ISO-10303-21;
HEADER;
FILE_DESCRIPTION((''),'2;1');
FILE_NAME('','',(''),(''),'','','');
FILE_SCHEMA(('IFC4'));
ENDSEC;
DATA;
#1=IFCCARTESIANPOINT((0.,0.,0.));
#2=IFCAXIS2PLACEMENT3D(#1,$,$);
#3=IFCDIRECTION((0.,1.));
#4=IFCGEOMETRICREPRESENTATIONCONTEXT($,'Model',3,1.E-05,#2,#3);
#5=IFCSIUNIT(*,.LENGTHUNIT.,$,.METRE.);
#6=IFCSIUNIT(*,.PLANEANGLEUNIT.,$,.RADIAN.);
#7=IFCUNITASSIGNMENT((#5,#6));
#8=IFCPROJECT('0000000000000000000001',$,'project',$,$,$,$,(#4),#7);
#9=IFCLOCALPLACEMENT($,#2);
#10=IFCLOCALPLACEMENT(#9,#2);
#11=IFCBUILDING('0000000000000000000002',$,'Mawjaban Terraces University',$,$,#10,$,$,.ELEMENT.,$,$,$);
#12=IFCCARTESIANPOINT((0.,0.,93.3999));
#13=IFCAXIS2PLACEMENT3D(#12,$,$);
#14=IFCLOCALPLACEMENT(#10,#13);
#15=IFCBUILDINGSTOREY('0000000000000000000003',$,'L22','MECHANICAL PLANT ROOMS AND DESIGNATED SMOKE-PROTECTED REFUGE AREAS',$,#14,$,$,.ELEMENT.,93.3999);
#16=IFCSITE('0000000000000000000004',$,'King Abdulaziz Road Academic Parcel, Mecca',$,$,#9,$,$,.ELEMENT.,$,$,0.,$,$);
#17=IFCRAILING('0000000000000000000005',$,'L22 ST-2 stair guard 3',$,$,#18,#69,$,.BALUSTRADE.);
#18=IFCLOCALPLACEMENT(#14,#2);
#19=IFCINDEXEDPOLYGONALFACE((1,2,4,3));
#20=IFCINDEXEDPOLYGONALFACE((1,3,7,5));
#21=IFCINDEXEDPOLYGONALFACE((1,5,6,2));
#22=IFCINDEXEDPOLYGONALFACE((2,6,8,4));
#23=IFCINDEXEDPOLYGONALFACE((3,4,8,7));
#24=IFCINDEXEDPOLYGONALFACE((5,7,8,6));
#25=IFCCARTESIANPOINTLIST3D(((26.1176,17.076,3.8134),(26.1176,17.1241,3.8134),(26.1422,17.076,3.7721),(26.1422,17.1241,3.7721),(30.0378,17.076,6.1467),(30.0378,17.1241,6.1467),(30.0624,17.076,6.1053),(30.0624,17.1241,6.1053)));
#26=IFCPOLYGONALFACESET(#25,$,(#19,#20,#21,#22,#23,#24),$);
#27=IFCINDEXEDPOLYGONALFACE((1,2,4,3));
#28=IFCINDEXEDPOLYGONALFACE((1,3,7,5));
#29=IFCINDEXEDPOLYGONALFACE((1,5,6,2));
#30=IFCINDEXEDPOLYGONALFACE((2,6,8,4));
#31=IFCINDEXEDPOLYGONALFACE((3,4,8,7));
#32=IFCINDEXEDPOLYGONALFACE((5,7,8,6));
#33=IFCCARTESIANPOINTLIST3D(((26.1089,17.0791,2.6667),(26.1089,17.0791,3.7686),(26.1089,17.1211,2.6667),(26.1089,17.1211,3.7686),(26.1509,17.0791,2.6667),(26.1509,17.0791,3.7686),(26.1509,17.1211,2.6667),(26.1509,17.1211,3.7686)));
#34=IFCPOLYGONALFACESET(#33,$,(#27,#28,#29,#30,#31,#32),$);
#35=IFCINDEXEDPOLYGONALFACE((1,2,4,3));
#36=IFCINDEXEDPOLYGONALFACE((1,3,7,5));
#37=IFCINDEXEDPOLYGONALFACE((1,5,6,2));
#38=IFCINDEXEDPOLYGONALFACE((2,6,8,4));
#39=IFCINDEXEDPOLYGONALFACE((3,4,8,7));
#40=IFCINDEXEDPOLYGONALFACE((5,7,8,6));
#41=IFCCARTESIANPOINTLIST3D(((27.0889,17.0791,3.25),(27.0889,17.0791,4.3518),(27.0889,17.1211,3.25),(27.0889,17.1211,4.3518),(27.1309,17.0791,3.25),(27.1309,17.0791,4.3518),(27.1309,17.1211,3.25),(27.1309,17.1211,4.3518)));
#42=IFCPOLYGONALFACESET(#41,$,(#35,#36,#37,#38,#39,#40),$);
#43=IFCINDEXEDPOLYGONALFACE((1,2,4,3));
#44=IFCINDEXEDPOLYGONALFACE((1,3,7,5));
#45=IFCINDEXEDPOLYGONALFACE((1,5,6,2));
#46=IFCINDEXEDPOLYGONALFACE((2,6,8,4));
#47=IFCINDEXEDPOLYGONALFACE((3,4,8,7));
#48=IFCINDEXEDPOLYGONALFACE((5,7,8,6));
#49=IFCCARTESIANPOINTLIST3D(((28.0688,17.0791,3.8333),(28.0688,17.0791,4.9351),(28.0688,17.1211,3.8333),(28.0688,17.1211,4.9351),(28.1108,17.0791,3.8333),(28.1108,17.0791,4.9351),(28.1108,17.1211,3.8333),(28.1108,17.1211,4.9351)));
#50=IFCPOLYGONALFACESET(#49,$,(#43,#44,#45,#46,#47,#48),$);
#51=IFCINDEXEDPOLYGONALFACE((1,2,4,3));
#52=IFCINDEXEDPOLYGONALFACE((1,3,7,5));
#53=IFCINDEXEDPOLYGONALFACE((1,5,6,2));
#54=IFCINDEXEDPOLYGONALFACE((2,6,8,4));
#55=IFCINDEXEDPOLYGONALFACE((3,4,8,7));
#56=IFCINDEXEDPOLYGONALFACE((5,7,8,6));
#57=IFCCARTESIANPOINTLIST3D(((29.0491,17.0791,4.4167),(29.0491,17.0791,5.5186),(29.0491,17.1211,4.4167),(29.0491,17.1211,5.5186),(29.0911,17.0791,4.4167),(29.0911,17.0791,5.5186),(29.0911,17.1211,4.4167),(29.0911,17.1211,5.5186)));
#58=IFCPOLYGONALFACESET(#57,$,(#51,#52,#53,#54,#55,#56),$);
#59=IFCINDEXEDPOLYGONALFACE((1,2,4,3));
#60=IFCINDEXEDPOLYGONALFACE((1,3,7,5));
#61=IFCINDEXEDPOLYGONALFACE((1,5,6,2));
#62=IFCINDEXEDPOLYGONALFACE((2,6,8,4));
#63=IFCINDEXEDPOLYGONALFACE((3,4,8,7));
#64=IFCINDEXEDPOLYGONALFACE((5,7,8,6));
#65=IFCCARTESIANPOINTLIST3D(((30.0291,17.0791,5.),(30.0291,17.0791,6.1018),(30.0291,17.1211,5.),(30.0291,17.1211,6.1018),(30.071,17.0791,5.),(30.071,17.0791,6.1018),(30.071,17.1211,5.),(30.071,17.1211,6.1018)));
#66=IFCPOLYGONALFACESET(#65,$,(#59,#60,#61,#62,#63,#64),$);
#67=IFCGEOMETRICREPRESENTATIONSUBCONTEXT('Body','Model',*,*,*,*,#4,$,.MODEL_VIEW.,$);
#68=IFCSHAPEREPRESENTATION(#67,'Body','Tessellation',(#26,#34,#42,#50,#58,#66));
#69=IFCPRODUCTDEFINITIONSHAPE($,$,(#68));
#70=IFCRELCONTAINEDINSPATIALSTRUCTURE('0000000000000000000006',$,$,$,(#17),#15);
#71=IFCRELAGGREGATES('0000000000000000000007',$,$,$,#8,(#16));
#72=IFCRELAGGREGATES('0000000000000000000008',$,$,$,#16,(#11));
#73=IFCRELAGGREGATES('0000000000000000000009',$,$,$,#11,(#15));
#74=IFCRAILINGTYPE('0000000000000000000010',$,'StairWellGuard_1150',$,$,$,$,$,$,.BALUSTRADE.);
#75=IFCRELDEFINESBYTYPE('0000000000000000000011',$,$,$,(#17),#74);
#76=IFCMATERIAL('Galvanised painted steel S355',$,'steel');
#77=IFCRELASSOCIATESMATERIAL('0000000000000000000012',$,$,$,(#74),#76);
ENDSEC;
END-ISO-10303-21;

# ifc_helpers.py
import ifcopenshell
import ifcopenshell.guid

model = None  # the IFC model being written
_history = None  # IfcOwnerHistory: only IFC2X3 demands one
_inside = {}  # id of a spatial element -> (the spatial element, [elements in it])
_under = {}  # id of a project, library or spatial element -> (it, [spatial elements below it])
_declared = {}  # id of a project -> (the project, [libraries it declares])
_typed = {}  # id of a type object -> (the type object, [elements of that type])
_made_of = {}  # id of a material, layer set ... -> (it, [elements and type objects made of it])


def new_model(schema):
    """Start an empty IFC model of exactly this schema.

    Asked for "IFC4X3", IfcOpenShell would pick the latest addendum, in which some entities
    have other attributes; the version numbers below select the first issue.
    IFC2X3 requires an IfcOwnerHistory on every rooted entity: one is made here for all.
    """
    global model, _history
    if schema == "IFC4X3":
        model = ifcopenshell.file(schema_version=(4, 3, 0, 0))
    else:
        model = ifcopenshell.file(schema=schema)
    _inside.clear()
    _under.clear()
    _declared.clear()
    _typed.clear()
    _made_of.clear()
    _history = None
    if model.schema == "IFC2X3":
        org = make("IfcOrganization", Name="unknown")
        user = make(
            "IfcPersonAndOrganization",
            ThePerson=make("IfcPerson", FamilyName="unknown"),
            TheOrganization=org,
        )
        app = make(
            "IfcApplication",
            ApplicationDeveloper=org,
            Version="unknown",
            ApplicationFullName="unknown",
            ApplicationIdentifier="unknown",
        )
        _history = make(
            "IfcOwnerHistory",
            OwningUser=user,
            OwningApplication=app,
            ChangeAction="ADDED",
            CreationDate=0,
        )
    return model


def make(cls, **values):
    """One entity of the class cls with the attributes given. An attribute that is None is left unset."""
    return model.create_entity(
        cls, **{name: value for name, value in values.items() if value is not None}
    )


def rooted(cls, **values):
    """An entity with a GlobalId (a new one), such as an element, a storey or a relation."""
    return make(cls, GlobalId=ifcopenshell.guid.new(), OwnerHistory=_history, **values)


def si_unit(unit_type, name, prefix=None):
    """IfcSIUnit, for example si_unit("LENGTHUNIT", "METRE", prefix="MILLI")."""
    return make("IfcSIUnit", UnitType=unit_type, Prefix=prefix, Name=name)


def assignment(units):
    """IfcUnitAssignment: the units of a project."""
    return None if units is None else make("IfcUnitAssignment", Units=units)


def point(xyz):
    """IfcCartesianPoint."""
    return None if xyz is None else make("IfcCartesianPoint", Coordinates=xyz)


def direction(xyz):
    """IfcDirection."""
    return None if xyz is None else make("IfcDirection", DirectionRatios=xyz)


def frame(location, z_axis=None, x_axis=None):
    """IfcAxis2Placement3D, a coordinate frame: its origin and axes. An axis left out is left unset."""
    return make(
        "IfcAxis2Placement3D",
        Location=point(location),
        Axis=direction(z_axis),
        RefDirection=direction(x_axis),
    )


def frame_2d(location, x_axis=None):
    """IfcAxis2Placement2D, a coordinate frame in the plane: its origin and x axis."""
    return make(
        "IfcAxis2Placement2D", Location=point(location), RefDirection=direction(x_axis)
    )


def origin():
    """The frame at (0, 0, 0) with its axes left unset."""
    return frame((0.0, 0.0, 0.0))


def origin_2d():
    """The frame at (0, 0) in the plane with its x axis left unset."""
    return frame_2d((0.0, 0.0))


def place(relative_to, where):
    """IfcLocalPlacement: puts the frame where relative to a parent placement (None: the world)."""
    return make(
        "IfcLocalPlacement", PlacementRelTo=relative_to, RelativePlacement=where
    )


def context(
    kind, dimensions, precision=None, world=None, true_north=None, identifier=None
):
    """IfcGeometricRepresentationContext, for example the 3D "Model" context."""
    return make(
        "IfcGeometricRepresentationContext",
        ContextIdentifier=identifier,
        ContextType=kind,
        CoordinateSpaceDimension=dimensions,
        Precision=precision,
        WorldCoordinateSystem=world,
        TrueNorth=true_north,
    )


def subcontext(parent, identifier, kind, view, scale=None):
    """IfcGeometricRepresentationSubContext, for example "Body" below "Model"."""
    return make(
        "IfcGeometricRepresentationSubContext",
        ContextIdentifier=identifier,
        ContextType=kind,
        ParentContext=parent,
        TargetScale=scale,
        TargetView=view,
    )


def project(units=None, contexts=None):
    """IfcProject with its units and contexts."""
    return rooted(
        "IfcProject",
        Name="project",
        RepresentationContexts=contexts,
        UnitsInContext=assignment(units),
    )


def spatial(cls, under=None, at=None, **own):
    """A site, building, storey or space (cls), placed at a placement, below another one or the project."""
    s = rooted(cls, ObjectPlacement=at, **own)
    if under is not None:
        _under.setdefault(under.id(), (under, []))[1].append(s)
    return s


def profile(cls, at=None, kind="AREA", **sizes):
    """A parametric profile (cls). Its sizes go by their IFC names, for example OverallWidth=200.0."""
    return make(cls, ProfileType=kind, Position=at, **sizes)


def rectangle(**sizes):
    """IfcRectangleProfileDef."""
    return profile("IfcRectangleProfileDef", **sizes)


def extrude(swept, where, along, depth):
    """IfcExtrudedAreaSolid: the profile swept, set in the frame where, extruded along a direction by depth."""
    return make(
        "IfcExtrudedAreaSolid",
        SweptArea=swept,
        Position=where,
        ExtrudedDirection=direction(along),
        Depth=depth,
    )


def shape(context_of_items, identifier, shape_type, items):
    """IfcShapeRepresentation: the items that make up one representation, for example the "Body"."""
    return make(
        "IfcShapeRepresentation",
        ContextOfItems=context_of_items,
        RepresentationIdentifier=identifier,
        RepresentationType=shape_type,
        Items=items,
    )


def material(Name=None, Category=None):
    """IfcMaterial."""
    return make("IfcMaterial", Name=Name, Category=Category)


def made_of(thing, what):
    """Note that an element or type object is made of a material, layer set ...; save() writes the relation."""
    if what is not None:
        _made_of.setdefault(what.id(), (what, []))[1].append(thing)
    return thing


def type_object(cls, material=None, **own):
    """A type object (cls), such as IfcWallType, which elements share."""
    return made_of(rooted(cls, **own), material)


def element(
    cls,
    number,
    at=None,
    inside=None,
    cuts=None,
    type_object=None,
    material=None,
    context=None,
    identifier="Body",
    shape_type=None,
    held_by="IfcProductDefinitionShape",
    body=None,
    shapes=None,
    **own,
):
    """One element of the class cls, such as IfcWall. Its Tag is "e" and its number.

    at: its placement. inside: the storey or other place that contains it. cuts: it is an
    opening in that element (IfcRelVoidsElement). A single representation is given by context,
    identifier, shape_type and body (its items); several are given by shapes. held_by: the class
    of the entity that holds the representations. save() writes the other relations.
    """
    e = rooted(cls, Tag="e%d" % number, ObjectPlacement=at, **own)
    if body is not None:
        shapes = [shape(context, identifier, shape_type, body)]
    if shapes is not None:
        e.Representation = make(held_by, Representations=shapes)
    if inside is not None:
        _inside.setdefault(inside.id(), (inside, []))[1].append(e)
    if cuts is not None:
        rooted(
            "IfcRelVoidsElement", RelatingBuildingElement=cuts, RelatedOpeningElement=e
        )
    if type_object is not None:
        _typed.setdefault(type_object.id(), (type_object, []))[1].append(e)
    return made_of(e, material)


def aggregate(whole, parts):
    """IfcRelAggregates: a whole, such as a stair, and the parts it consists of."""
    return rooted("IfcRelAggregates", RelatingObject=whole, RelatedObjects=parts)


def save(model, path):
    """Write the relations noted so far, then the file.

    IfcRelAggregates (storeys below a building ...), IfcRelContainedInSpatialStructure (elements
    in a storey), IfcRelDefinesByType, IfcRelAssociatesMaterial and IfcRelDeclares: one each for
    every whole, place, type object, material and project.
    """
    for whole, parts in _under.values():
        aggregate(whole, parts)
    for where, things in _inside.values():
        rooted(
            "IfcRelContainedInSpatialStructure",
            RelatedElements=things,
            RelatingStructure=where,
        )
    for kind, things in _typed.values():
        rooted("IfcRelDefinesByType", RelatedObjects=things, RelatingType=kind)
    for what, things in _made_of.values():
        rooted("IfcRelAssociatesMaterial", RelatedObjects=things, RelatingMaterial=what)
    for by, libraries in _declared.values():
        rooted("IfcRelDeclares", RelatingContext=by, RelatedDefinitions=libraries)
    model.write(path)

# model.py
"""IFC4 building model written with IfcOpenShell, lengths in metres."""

from ifc_helpers import new_model, si_unit, direction, frame, origin, origin_2d, place, context, subcontext, project, spatial, rectangle, extrude, material, type_object, element, save


model = new_model("IFC4")

# Units and contexts
model_context = context("Model", 3, precision=1e-05, world=origin(), true_north=direction((0.0, 1.0)))
body_context = subcontext(model_context, "Body", "Model", "MODEL_VIEW")
ifc_project = project(units=[si_unit("LENGTHUNIT", "METRE"), si_unit("PLANEANGLEUNIT", "RADIAN")], contexts=[model_context])

# Site, building, storey
site_placement = place(None, origin())
site = spatial("IfcSite", under=ifc_project, at=site_placement, Name="King Abdulaziz Road Academic Parcel, Mecca", CompositionType="ELEMENT", RefElevation=0.0)
building_placement = place(site_placement, origin())
building = spatial("IfcBuilding", under=site, at=building_placement, Name="Mawjaban Terraces University", CompositionType="ELEMENT")
storey_placement = place(building_placement, frame((0.0, 0.0, 93.3999)))
storey = spatial("IfcBuildingStorey", under=building, at=storey_placement, Name="L22", Description="MECHANICAL PLANT ROOMS AND DESIGNATED SMOKE-PROTECTED REFUGE AREAS", CompositionType="ELEMENT", Elevation=93.3999)

# Railing
ifc_material_1 = material(Name="Galvanised painted steel S355", Category="steel")
railing_type_1 = type_object("IfcRailingType", Name="StairWellGuard_1150", PredefinedType="BALUSTRADE", material=ifc_material_1)
railing_1_placement = place(storey_placement, frame((26.1299, 17.1001, 2.6667)))
element("IfcRailing", 1, at=railing_1_placement, inside=storey, type_object=railing_type_1, Name="L22 ST-2 stair guard 3", PredefinedType="BALUSTRADE", context=body_context, shape_type="SweptSolid", body=[
    extrude(rectangle(XDim=0.0481, YDim=0.0481, at=origin_2d()), frame((0.0, 0.0, 1.126), z_axis=(0.85931, 0.0, 0.511455), x_axis=(0.0, 1.0, 0.0)), (0.0, 0.0, 1.0), 4.562),
    extrude(rectangle(XDim=0.042, YDim=0.042, at=origin_2d()), origin(), (0.0, 0.0, 1.0), 1.1018),
    extrude(rectangle(XDim=0.042, YDim=0.042, at=origin_2d()), frame((0.98, 0.0, 0.5833)), (0.0, 0.0, 1.0), 1.1018),
    extrude(rectangle(XDim=0.042, YDim=0.042, at=origin_2d()), frame((1.96, 0.0, 1.1665)), (0.0, 0.0, 1.0), 1.1018),
    extrude(rectangle(XDim=0.042, YDim=0.042, at=origin_2d()), frame((2.9402, 0.0, 1.75)), (0.0, 0.0, 1.0), 1.1018),
    extrude(rectangle(XDim=0.042, YDim=0.042, at=origin_2d()), frame((3.9202, 0.0, 2.3333)), (0.0, 0.0, 1.0), 1.1018),
])

save(model, "model.ifc")
